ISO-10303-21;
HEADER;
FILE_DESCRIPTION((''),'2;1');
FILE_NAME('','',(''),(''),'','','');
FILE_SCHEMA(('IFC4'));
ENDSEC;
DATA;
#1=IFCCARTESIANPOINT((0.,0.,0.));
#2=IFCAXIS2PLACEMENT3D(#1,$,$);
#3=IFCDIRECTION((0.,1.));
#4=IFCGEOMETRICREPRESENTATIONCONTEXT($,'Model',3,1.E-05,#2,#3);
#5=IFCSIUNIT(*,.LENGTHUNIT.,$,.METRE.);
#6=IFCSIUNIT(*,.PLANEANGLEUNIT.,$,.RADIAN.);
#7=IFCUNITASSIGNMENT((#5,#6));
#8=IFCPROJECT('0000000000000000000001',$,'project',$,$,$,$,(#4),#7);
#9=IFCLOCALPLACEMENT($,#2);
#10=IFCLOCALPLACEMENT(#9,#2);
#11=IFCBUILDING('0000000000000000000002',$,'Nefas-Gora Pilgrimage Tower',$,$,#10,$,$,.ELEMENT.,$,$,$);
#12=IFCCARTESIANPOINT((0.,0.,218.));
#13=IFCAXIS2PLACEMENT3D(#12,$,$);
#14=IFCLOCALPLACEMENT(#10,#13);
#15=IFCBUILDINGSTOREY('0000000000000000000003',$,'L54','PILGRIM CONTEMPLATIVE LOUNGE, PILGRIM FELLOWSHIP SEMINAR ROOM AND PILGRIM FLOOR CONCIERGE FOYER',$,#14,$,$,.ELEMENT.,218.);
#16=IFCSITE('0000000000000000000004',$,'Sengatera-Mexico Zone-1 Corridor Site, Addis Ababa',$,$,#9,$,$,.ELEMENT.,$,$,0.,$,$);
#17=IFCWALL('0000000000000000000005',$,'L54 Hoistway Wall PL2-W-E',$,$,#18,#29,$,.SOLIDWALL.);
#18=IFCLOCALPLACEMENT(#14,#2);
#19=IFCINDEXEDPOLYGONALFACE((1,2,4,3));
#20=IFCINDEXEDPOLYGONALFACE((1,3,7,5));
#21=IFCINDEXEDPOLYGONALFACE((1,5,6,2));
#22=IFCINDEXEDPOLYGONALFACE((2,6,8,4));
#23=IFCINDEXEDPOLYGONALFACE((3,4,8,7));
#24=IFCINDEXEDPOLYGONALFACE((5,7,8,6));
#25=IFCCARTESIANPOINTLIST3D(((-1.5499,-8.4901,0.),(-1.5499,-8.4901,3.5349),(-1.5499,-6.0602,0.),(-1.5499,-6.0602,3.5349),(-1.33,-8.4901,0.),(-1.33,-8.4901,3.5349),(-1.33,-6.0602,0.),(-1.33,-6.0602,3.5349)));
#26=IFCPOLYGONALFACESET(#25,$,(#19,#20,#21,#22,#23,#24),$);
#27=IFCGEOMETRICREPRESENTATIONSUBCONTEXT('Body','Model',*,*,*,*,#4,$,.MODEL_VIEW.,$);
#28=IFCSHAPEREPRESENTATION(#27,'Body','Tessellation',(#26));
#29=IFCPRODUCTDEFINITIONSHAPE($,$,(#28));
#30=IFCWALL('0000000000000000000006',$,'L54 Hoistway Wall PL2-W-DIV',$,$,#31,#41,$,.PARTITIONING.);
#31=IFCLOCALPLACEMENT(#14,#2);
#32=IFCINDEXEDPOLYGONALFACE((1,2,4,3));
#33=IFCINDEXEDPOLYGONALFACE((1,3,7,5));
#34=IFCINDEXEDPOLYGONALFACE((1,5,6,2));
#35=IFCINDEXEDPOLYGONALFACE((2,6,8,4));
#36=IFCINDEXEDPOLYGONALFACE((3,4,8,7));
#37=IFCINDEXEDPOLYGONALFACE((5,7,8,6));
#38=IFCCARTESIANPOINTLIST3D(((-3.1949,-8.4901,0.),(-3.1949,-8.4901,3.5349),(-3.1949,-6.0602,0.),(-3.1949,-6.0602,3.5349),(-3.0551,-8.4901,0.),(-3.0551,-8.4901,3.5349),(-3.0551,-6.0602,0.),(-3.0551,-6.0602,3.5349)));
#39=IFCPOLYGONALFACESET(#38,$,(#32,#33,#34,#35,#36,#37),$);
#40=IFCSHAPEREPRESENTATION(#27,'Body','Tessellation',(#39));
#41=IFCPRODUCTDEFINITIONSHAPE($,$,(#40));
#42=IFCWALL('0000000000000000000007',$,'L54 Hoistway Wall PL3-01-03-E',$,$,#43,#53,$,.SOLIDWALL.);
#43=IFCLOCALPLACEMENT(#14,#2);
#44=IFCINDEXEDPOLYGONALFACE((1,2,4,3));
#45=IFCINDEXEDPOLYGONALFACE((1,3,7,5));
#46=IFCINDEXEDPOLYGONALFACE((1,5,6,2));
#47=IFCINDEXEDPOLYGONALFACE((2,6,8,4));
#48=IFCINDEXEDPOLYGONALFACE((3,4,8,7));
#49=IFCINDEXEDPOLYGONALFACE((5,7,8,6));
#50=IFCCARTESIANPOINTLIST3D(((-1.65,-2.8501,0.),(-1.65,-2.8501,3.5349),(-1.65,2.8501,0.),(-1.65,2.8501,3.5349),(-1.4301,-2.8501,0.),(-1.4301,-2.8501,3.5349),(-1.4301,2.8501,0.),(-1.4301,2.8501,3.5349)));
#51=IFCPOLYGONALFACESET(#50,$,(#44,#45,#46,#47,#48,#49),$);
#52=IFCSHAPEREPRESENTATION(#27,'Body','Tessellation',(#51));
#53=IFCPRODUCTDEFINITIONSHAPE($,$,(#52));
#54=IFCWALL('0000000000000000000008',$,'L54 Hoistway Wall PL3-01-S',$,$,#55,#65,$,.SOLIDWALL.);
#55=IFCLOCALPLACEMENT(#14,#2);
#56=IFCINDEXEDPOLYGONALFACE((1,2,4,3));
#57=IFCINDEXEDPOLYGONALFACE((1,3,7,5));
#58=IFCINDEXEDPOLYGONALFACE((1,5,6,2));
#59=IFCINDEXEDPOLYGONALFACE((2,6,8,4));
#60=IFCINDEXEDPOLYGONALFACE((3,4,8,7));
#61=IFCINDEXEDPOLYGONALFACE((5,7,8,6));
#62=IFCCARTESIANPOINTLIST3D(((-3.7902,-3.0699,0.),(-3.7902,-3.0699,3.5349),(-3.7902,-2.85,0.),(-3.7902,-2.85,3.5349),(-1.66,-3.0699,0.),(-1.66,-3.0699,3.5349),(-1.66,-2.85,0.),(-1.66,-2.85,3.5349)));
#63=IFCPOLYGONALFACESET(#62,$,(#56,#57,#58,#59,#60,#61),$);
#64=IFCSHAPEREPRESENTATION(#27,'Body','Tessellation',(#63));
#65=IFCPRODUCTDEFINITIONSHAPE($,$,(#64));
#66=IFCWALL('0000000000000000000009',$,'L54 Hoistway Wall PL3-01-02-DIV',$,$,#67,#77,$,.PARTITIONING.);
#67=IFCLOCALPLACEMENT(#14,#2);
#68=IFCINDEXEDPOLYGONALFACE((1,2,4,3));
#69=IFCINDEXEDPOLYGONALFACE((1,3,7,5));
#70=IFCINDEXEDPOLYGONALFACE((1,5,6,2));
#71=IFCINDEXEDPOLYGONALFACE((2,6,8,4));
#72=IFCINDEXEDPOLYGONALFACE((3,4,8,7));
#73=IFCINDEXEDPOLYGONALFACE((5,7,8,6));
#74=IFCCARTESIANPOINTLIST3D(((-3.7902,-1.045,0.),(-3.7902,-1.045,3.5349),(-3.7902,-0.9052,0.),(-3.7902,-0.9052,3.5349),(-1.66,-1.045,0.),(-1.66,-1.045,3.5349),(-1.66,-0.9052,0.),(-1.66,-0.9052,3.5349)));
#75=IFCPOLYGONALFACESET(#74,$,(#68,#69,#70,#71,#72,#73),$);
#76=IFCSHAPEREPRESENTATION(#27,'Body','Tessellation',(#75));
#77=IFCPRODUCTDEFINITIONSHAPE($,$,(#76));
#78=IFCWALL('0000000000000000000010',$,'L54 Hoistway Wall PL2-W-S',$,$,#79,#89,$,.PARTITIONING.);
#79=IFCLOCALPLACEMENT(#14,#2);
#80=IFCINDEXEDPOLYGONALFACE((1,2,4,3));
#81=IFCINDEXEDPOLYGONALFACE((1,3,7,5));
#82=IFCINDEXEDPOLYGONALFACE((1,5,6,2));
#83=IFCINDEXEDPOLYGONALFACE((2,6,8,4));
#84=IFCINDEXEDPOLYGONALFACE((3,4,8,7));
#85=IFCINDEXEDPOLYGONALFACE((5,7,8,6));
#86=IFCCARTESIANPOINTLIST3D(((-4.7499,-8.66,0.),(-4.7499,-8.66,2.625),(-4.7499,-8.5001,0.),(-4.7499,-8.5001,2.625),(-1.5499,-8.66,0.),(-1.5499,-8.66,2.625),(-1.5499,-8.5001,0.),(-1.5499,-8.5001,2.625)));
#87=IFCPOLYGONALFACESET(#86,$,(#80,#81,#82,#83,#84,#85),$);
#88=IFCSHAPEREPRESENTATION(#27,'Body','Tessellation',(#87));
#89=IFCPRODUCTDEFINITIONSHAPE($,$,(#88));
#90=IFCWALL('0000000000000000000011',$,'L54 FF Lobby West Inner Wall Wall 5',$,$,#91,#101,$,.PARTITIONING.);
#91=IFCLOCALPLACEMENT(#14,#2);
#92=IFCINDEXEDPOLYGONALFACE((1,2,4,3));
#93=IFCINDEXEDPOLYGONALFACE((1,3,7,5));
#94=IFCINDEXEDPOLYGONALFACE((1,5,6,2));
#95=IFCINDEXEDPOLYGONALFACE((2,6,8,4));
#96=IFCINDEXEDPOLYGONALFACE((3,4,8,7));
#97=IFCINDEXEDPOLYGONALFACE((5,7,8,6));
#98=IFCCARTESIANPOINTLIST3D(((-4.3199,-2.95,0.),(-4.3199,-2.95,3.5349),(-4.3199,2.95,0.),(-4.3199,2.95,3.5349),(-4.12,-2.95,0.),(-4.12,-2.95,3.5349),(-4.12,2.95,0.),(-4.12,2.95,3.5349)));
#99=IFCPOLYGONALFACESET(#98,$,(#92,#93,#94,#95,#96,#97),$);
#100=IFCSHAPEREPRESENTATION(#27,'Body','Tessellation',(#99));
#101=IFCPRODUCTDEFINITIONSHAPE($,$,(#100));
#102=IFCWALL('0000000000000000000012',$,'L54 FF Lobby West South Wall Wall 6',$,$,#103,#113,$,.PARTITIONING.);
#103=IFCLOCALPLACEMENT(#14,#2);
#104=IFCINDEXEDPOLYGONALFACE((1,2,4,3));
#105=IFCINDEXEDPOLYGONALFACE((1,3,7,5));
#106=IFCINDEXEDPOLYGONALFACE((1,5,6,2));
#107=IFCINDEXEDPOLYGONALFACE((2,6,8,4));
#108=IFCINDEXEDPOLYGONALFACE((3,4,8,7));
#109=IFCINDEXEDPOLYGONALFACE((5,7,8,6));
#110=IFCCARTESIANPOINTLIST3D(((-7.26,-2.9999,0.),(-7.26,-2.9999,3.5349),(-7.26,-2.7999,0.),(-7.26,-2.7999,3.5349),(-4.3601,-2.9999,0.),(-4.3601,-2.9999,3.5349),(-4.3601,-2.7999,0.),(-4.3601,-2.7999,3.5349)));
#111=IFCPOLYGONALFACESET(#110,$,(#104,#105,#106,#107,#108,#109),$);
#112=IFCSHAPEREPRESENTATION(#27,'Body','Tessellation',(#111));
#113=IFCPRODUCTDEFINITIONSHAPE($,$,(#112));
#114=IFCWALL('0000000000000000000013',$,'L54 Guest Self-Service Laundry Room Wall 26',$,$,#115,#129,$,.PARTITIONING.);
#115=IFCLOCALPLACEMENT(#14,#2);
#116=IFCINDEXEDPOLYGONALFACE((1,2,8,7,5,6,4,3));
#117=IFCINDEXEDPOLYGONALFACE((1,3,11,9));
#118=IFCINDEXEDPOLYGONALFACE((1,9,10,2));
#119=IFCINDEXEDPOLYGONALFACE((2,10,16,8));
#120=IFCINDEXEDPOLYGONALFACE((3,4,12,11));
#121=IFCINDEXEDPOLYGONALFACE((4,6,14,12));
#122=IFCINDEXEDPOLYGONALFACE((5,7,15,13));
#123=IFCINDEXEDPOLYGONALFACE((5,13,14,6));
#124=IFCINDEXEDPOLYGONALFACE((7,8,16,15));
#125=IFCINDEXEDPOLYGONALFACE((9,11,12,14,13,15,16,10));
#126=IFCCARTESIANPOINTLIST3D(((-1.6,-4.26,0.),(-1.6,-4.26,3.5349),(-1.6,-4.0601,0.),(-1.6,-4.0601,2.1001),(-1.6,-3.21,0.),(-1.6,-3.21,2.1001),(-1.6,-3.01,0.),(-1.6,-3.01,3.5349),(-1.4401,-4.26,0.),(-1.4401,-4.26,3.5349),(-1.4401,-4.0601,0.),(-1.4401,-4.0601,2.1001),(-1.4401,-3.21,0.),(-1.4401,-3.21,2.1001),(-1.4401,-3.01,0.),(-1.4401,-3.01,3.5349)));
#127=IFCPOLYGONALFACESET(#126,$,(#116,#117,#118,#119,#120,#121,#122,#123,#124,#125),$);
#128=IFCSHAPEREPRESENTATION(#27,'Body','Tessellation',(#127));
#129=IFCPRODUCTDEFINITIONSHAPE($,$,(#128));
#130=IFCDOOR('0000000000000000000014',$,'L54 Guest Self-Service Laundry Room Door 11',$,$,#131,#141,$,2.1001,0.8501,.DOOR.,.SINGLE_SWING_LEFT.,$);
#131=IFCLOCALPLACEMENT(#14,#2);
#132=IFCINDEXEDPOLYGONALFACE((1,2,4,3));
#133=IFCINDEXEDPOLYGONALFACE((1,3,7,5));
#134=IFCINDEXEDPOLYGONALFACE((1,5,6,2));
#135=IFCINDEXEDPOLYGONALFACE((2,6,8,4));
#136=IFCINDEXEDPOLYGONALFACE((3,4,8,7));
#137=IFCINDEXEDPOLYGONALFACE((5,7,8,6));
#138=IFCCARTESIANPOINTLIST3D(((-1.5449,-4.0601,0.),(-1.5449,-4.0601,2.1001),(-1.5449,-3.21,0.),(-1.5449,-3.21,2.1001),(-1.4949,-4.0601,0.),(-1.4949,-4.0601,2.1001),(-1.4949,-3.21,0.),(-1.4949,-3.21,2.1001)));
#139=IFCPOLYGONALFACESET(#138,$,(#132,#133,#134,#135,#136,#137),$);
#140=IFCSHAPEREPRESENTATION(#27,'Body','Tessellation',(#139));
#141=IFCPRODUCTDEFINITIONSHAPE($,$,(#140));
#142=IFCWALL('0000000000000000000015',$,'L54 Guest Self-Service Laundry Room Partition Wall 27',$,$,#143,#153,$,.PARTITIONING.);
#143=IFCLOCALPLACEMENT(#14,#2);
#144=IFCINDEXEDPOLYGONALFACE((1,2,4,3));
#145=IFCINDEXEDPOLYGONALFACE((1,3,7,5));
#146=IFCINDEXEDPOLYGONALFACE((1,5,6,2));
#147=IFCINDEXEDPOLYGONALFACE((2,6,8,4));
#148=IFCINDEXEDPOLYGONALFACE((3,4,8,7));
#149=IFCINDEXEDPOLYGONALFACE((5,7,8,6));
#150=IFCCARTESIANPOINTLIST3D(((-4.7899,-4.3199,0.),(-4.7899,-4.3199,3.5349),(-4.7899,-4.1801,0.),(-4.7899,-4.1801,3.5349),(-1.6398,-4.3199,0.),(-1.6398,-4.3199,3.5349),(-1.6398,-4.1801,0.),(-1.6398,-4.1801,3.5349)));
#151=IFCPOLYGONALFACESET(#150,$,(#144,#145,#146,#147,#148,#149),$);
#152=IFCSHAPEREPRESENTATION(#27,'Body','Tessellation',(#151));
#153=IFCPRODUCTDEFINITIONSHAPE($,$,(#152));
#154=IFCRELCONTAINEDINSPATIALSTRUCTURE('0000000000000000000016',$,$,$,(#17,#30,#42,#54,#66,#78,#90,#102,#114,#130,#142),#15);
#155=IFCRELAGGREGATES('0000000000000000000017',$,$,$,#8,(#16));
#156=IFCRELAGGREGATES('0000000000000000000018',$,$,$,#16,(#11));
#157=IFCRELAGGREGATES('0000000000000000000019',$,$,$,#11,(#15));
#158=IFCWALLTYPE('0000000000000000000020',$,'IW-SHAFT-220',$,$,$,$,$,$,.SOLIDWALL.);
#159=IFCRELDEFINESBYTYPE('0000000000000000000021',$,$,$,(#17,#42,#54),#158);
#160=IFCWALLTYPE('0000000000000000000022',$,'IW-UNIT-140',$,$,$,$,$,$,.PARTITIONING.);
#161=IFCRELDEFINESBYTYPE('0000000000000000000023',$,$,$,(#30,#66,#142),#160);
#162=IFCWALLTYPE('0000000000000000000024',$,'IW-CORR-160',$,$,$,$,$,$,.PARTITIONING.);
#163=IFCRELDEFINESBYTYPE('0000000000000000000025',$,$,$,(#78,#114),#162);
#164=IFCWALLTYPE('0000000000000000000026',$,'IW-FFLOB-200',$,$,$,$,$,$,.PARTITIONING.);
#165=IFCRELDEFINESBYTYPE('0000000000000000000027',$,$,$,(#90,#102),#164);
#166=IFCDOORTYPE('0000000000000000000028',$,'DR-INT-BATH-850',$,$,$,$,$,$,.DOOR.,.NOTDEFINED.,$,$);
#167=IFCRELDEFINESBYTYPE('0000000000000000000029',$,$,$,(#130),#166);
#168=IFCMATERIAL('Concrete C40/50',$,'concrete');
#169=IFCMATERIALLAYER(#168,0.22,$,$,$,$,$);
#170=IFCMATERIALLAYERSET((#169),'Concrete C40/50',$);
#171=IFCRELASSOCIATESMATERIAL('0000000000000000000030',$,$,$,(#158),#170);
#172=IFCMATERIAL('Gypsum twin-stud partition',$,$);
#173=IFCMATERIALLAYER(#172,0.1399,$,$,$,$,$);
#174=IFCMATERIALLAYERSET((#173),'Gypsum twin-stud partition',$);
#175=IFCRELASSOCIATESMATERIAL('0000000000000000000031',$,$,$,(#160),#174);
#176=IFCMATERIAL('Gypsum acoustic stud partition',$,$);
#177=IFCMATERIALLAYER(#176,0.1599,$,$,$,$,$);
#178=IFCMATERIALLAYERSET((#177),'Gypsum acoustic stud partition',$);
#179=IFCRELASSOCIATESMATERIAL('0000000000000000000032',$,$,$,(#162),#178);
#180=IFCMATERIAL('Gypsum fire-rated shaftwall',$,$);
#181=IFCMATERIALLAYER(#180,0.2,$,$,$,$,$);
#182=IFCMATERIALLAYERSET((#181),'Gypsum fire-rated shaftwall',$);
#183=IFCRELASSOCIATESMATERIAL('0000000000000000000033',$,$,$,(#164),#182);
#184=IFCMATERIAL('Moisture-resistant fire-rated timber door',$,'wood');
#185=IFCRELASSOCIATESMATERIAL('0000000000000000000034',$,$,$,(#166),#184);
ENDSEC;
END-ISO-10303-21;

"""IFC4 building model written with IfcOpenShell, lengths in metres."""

from ifc_helpers import new_model, si_unit, direction, frame, frame_2d, origin, place, context, subcontext, project, spatial, rectangle, extrude, source, transform, mapped, material, layer, layer_set, type_object, element, fill, save


model = new_model("IFC4")

# Units and contexts
model_context = context("Model", 3, precision=1e-05, world=origin(), true_north=direction((0.0, 1.0)))
body_context = subcontext(model_context, "Body", "Model", "MODEL_VIEW")
ifc_project = project(units=[si_unit("LENGTHUNIT", "METRE"), si_unit("PLANEANGLEUNIT", "RADIAN")], contexts=[model_context])

# Site, building, storey
site_placement = place(None, origin())
site = spatial("IfcSite", under=ifc_project, at=site_placement, Name="Sengatera-Mexico Zone-1 Corridor Site, Addis Ababa", CompositionType="ELEMENT", RefElevation=0.0)
building_placement = place(site_placement, origin())
building = spatial("IfcBuilding", under=site, at=building_placement, Name="Nefas-Gora Pilgrimage Tower", CompositionType="ELEMENT")
storey_placement = place(building_placement, frame((0.0, 0.0, 218.0)))
storey = spatial("IfcBuildingStorey", under=building, at=storey_placement, Name="L54", Description="PILGRIM CONTEMPLATIVE LOUNGE, PILGRIM FELLOWSHIP SEMINAR ROOM AND PILGRIM FLOOR CONCIERGE FOYER", CompositionType="ELEMENT", Elevation=218.0)

# Shared definitions
ifc_material_1 = material(Name="Concrete C40/50", Category="concrete")
ifc_layer_1 = layer(ifc_material_1, 0.22)
ifc_layer_set_1 = layer_set([ifc_layer_1], Name="Concrete C40/50")
wall_type_1 = type_object("IfcWallType", Name="IW-SHAFT-220", PredefinedType="SOLIDWALL", material=ifc_layer_set_1)

# Walls
shared_shape_1 = source(origin(), body_context, "Body", "SweptSolid", [
    extrude(rectangle(XDim=2.4299, YDim=0.22, at=frame_2d((1.2148, 0.0))), origin(), (0.0, 0.0, 1.0), 3.5349),
])
for number, where, z_axis, x_axis, name in (
    (1, (-1.4399, -8.49, 0.0), (0.0, 0.0, 1.0), (0.0, 1.0, 0.0), "L54 Hoistway Wall PL2-W-E"),
):
    element("IfcWall", number, at=place(storey_placement, frame(where, z_axis=z_axis, x_axis=x_axis)), inside=storey, type_object=wall_type_1, Name=name, PredefinedType="SOLIDWALL", context=body_context, shape_type="MappedRepresentation", body=[
        mapped(shared_shape_1, transform((0.0, 0.0, 0.0), x_axis=(1.0, 0.0, 0.0), y_axis=(0.0, 1.0, 0.0), z_axis=(0.0, 0.0, 1.0), scale=1.0)),
    ])
ifc_material_2 = material(Name="Gypsum twin-stud partition")
ifc_layer_2 = layer(ifc_material_2, 0.1399)
ifc_layer_set_2 = layer_set([ifc_layer_2], Name="Gypsum twin-stud partition")
wall_type_2 = type_object("IfcWallType", Name="IW-UNIT-140", PredefinedType="PARTITIONING", material=ifc_layer_set_2)
shared_shape_2 = source(origin(), body_context, "Body", "SweptSolid", [
    extrude(rectangle(XDim=2.4299, YDim=0.1399, at=frame_2d((1.2148, 0.0))), origin(), (0.0, 0.0, 1.0), 3.5349),
])
wall_1_placement = place(storey_placement, frame((-3.125, -8.49, 0.0), z_axis=(0.0, 0.0, 1.0), x_axis=(0.0, 1.0, 0.0)))
element("IfcWall", 2, at=wall_1_placement, inside=storey, type_object=wall_type_2, Name="L54 Hoistway Wall PL2-W-DIV", PredefinedType="PARTITIONING", context=body_context, shape_type="MappedRepresentation", body=[
    mapped(shared_shape_2, transform((0.0, 0.0, 0.0), x_axis=(1.0, 0.0, 0.0), y_axis=(0.0, 1.0, 0.0), z_axis=(0.0, 0.0, 1.0), scale=1.0)),
])
shared_shape_3 = source(origin(), body_context, "Body", "SweptSolid", [
    extrude(rectangle(XDim=5.7002, YDim=0.22, at=frame_2d((2.8501, 0.0))), origin(), (0.0, 0.0, 1.0), 3.5349),
])
wall_2_placement = place(storey_placement, frame((-1.54, -2.8501, 0.0), z_axis=(0.0, 0.0, 1.0), x_axis=(0.0, 1.0, 0.0)))
element("IfcWall", 3, at=wall_2_placement, inside=storey, type_object=wall_type_1, Name="L54 Hoistway Wall PL3-01-03-E", PredefinedType="SOLIDWALL", context=body_context, shape_type="MappedRepresentation", body=[
    mapped(shared_shape_3, transform((0.0, 0.0, 0.0), x_axis=(1.0, 0.0, 0.0), y_axis=(0.0, 1.0, 0.0), z_axis=(0.0, 0.0, 1.0), scale=1.0)),
])
shared_shape_4 = source(origin(), body_context, "Body", "SweptSolid", [
    extrude(rectangle(XDim=2.1301, YDim=0.22, at=frame_2d((1.0649, 0.0))), origin(), (0.0, 0.0, 1.0), 3.5349),
])
wall_3_placement = place(storey_placement, frame((-3.79, -2.96, 0.0), z_axis=(0.0, 0.0, 1.0), x_axis=(1.0, 0.0, 0.0)))
element("IfcWall", 4, at=wall_3_placement, inside=storey, type_object=wall_type_1, Name="L54 Hoistway Wall PL3-01-S", PredefinedType="SOLIDWALL", context=body_context, shape_type="MappedRepresentation", body=[
    mapped(shared_shape_4, transform((0.0, 0.0, 0.0), x_axis=(1.0, 0.0, 0.0), y_axis=(0.0, 1.0, 0.0), z_axis=(0.0, 0.0, 1.0), scale=1.0)),
])
shared_shape_5 = source(origin(), body_context, "Body", "SweptSolid", [
    extrude(rectangle(XDim=2.1301, YDim=0.1399, at=frame_2d((1.0649, 0.0))), origin(), (0.0, 0.0, 1.0), 3.5349),
])
wall_4_placement = place(storey_placement, frame((-3.79, -0.9751, 0.0), z_axis=(0.0, 0.0, 1.0), x_axis=(1.0, 0.0, 0.0)))
element("IfcWall", 5, at=wall_4_placement, inside=storey, type_object=wall_type_2, Name="L54 Hoistway Wall PL3-01-02-DIV", PredefinedType="PARTITIONING", context=body_context, shape_type="MappedRepresentation", body=[
    mapped(shared_shape_5, transform((0.0, 0.0, 0.0), x_axis=(1.0, 0.0, 0.0), y_axis=(0.0, 1.0, 0.0), z_axis=(0.0, 0.0, 1.0), scale=1.0)),
])
ifc_material_3 = material(Name="Gypsum acoustic stud partition")
ifc_layer_3 = layer(ifc_material_3, 0.1599)
ifc_layer_set_3 = layer_set([ifc_layer_3], Name="Gypsum acoustic stud partition")
wall_type_3 = type_object("IfcWallType", Name="IW-CORR-160", PredefinedType="PARTITIONING", material=ifc_layer_set_3)
shared_shape_6 = source(origin(), body_context, "Body", "SweptSolid", [
    extrude(rectangle(XDim=3.2, YDim=0.1599, at=frame_2d((1.6001, 0.0))), origin(), (0.0, 0.0, 1.0), 2.625),
])
wall_5_placement = place(storey_placement, frame((-4.75, -8.5801, 0.0), z_axis=(0.0, 0.0, 1.0), x_axis=(1.0, 0.0, 0.0)))
element("IfcWall", 6, at=wall_5_placement, inside=storey, type_object=wall_type_3, Name="L54 Hoistway Wall PL2-W-S", PredefinedType="PARTITIONING", context=body_context, shape_type="MappedRepresentation", body=[
    mapped(shared_shape_6, transform((0.0, 0.0, 0.0), x_axis=(1.0, 0.0, 0.0), y_axis=(0.0, 1.0, 0.0), z_axis=(0.0, 0.0, 1.0), scale=1.0)),
])
ifc_material_4 = material(Name="Gypsum fire-rated shaftwall")
ifc_layer_4 = layer(ifc_material_4, 0.2)
ifc_layer_set_4 = layer_set([ifc_layer_4], Name="Gypsum fire-rated shaftwall")
wall_type_4 = type_object("IfcWallType", Name="IW-FFLOB-200", PredefinedType="PARTITIONING", material=ifc_layer_set_4)
shared_shape_7 = source(origin(), body_context, "Body", "SweptSolid", [
    extrude(rectangle(XDim=5.8999, YDim=0.2, at=frame_2d((2.95, 0.0))), origin(), (0.0, 0.0, 1.0), 3.5349),
])
wall_6_placement = place(storey_placement, frame((-4.22, -2.95, 0.0), z_axis=(0.0, 0.0, 1.0), x_axis=(0.0, 1.0, 0.0)))
element("IfcWall", 7, at=wall_6_placement, inside=storey, type_object=wall_type_4, Name="L54 FF Lobby West Inner Wall Wall 5", PredefinedType="PARTITIONING", context=body_context, shape_type="MappedRepresentation", body=[
    mapped(shared_shape_7, transform((0.0, 0.0, 0.0), x_axis=(1.0, 0.0, 0.0), y_axis=(0.0, 1.0, 0.0), z_axis=(0.0, 0.0, 1.0), scale=1.0)),
])
shared_shape_8 = source(origin(), body_context, "Body", "SweptSolid", [
    extrude(rectangle(XDim=2.8999, YDim=0.2, at=frame_2d((1.45, 0.0))), origin(), (0.0, 0.0, 1.0), 3.5349),
])
wall_7_placement = place(storey_placement, frame((-7.26, -2.8999, 0.0), z_axis=(0.0, 0.0, 1.0), x_axis=(1.0, 0.0, 0.0)))
element("IfcWall", 8, at=wall_7_placement, inside=storey, type_object=wall_type_4, Name="L54 FF Lobby West South Wall Wall 6", PredefinedType="PARTITIONING", context=body_context, shape_type="MappedRepresentation", body=[
    mapped(shared_shape_8, transform((0.0, 0.0, 0.0), x_axis=(1.0, 0.0, 0.0), y_axis=(0.0, 1.0, 0.0), z_axis=(0.0, 0.0, 1.0), scale=1.0)),
])

# Wall, opening, door
shared_shape_9 = source(origin(), body_context, "Body", "SweptSolid", [
    extrude(rectangle(XDim=1.25, YDim=0.1599, at=frame_2d((0.625, 0.0))), origin(), (0.0, 0.0, 1.0), 3.5349),
])
wall_8_placement = place(storey_placement, frame((-1.52, -4.26, 0.0), z_axis=(0.0, 0.0, 1.0), x_axis=(0.0, 1.0, 0.0)))
wall_8 = element("IfcWall", 9, at=wall_8_placement, inside=storey, type_object=wall_type_3, Name="L54 Guest Self-Service Laundry Room Wall 26", PredefinedType="PARTITIONING", context=body_context, shape_type="MappedRepresentation", body=[
    mapped(shared_shape_9, transform((0.0, 0.0, 0.0), x_axis=(1.0, 0.0, 0.0), y_axis=(0.0, 1.0, 0.0), z_axis=(0.0, 0.0, 1.0), scale=1.0)),
])
opening_1_placement = place(wall_8_placement, frame((0.2, 0.0, 0.0)))
opening_1 = element("IfcOpeningElement", 10, at=opening_1_placement, cuts=wall_8, PredefinedType="OPENING", context=body_context, shape_type="SweptSolid", body=[
    extrude(rectangle(XDim=0.8501, YDim=2.1001, at=frame_2d((0.425, 1.05))), frame((0.0, 0.0898, 0.0), z_axis=(0.0, -1.0, 0.0), x_axis=(1.0, 0.0, 0.0)), (0.0, 0.0, 1.0), 0.1799),
])
ifc_material_5 = material(Name="Moisture-resistant fire-rated timber door", Category="wood")
door_type_1 = type_object("IfcDoorType", Name="DR-INT-BATH-850", OperationType="NOTDEFINED", PredefinedType="DOOR", material=ifc_material_5)
shared_shape_10 = source(origin(), body_context, "Body", "SweptSolid", [
    extrude(rectangle(XDim=0.8501, YDim=2.1001, at=frame_2d((0.425, 1.05))), frame((0.0, 0.0249, 0.0), z_axis=(0.0, -1.0, 0.0), x_axis=(1.0, 0.0, 0.0)), (0.0, 0.0, 1.0), 0.05),
])
door_1_placement = place(opening_1_placement, origin())
door_1 = element("IfcDoor", 11, at=door_1_placement, inside=storey, type_object=door_type_1, Name="L54 Guest Self-Service Laundry Room Door 11", OperationType="SINGLE_SWING_LEFT", OverallHeight=2.1001, OverallWidth=0.8501, PredefinedType="DOOR", context=body_context, shape_type="MappedRepresentation", body=[
    mapped(shared_shape_10, transform((0.0, 0.0, 0.0), x_axis=(1.0, 0.0, 0.0), y_axis=(0.0, 1.0, 0.0), z_axis=(0.0, 0.0, 1.0), scale=1.0)),
])
fill(opening_1, door_1)

# Wall
shared_shape_11 = source(origin(), body_context, "Body", "SweptSolid", [
    extrude(rectangle(XDim=3.1501, YDim=0.1399, at=frame_2d((1.5752, 0.0))), origin(), (0.0, 0.0, 1.0), 3.5349),
])
wall_9_placement = place(storey_placement, frame((-4.79, -4.25, 0.0), z_axis=(0.0, 0.0, 1.0), x_axis=(1.0, 0.0, 0.0)))
element("IfcWall", 12, at=wall_9_placement, inside=storey, type_object=wall_type_2, Name="L54 Guest Self-Service Laundry Room Partition Wall 27", PredefinedType="PARTITIONING", context=body_context, shape_type="MappedRepresentation", body=[
    mapped(shared_shape_11, transform((0.0, 0.0, 0.0), x_axis=(1.0, 0.0, 0.0), y_axis=(0.0, 1.0, 0.0), z_axis=(0.0, 0.0, 1.0), scale=1.0)),
])

save(model, "model.ifc")
